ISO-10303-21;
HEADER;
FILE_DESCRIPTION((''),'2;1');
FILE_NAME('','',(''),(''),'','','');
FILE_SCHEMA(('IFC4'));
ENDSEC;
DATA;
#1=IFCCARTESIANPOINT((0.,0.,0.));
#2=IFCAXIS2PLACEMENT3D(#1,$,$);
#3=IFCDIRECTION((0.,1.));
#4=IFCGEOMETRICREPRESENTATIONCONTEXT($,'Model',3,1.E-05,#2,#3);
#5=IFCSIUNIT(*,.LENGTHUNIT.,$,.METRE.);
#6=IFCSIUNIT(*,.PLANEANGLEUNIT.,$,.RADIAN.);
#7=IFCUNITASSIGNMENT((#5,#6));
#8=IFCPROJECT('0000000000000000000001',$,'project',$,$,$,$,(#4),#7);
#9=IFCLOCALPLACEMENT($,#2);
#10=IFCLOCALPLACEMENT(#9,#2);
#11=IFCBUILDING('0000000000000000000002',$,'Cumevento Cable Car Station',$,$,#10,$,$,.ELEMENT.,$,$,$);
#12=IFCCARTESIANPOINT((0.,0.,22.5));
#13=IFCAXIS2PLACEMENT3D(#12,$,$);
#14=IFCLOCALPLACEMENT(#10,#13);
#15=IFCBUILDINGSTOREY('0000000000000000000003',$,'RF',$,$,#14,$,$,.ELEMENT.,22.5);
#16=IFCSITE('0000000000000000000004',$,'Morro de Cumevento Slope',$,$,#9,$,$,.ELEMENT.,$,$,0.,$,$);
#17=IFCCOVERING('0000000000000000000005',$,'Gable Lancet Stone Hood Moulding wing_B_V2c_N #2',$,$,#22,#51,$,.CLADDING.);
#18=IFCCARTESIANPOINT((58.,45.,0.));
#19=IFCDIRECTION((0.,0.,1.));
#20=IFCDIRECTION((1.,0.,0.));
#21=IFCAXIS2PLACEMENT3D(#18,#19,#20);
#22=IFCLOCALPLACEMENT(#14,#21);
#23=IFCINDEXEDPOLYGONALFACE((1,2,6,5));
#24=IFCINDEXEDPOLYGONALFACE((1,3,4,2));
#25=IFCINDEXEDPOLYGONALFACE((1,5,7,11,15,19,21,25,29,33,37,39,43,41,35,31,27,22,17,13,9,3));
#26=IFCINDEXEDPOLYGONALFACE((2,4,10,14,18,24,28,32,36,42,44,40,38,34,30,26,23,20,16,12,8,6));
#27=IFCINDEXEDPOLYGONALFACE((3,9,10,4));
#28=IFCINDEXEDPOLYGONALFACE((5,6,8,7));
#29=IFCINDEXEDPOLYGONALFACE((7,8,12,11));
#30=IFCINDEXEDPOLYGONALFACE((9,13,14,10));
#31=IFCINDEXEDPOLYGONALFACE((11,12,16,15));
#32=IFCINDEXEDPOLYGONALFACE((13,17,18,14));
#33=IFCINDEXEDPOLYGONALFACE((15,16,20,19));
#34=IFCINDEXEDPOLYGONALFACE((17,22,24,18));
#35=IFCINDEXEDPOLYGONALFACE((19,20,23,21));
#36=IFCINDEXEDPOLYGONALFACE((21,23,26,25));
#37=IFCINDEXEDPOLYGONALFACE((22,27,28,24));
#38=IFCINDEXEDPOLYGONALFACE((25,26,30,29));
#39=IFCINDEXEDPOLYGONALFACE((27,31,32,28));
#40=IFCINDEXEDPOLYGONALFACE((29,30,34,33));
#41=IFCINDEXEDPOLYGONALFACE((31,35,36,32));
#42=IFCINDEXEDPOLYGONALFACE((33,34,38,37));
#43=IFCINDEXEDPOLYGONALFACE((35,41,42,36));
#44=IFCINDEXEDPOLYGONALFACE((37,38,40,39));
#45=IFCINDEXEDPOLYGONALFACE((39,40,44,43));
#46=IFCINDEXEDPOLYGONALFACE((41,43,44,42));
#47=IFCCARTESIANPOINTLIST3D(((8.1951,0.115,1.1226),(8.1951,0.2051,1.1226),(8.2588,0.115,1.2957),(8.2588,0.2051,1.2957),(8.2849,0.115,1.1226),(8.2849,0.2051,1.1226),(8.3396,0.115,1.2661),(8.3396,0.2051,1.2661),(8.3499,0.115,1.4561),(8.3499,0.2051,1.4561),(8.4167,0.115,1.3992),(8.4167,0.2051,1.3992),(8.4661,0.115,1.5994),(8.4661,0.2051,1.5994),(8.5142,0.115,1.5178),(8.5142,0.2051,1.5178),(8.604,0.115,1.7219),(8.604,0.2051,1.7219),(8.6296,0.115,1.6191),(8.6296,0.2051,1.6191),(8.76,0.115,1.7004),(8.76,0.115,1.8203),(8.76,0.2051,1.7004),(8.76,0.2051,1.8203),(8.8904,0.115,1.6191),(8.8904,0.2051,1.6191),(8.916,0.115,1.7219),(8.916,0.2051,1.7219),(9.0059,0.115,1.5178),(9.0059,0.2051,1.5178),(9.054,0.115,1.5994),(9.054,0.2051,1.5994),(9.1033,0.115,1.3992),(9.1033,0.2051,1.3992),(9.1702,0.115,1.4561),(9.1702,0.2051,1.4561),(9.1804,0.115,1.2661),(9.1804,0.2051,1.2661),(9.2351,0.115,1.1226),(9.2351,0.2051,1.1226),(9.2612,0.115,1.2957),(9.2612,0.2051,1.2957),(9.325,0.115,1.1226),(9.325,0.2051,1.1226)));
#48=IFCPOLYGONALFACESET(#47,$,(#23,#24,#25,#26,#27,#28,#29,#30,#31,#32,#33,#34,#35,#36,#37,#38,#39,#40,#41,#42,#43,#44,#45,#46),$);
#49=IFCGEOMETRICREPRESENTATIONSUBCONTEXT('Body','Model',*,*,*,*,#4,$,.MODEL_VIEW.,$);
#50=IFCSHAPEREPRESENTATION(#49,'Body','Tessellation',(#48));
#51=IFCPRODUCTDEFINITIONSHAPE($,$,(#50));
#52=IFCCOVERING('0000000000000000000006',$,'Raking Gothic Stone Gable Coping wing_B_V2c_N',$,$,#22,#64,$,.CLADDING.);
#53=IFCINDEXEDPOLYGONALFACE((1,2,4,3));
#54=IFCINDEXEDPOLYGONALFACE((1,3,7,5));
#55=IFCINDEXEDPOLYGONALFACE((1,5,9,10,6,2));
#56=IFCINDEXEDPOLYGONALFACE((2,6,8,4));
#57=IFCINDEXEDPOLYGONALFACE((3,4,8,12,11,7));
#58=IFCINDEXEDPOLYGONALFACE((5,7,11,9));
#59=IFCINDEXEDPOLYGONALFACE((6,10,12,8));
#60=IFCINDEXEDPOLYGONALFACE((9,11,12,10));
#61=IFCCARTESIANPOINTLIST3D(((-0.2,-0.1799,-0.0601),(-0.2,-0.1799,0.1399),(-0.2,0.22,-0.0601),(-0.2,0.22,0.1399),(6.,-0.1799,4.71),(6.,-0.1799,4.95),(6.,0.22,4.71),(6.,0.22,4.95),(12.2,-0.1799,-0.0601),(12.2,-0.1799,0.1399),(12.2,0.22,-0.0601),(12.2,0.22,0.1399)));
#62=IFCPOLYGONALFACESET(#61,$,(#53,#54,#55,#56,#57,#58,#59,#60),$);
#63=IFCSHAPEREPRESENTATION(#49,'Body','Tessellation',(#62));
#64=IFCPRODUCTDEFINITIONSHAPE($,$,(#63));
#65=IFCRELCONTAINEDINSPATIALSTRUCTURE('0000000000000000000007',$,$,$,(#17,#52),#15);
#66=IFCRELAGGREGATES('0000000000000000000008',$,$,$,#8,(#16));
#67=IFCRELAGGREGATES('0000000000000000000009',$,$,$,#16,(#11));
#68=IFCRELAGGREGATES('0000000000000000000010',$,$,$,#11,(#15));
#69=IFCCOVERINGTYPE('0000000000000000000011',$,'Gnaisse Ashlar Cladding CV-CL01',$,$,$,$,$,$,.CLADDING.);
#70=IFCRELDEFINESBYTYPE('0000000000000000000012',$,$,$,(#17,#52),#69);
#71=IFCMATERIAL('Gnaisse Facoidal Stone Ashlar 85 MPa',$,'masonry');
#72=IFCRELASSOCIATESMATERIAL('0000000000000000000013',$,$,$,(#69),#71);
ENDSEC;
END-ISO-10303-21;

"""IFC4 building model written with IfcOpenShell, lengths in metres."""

from ifc_helpers import new_model, si_unit, direction, frame, origin, place, context, subcontext, project, spatial, polyline, outline, extrude, material, type_object, element, save


model = new_model("IFC4")

# Units and contexts
model_context = context("Model", 3, precision=1e-05, world=origin(), true_north=direction((0.0, 1.0)))
body_context = subcontext(model_context, "Body", "Model", "MODEL_VIEW")
ifc_project = project(units=[si_unit("LENGTHUNIT", "METRE"), si_unit("PLANEANGLEUNIT", "RADIAN")], contexts=[model_context])

# Site, building, storey
site_placement = place(None, origin())
site = spatial("IfcSite", under=ifc_project, at=site_placement, Name="Morro de Cumevento Slope", CompositionType="ELEMENT", RefElevation=0.0)
building_placement = place(site_placement, origin())
building = spatial("IfcBuilding", under=site, at=building_placement, Name="Cumevento Cable Car Station", CompositionType="ELEMENT")
storey_placement = place(building_placement, frame((0.0, 0.0, 22.5)))
storey = spatial("IfcBuildingStorey", under=building, at=storey_placement, Name="RF", CompositionType="ELEMENT", Elevation=22.5)

# Coverings
ifc_material_1 = material(Name="Gnaisse Facoidal Stone Ashlar 85 MPa", Category="masonry")
covering_type_1 = type_object("IfcCoveringType", Name="Gnaisse Ashlar Cladding CV-CL01", PredefinedType="CLADDING", material=ifc_material_1)
placement = place(storey_placement, frame((58.0, 45.0, 0.0), z_axis=(0.0, 0.0, 1.0), x_axis=(1.0, 0.0, 0.0)))
element("IfcCovering", 1, at=placement, inside=storey, type_object=covering_type_1, Name="Gable Lancet Stone Hood Moulding wing_B_V2c_N #2", PredefinedType="CLADDING", context=body_context, shape_type="SweptSolid", body=[
    extrude(outline(polyline([(8.2849, 1.1226), (8.3396, 1.2661), (8.4167, 1.3992), (8.5142, 1.5178), (8.6296, 1.6191), (8.76, 1.7004), (8.8904, 1.6191), (9.0059, 1.5178), (9.1033, 1.3992), (9.1804, 1.2661), (9.2351, 1.1226), (9.325, 1.1226), (9.2612, 1.2957), (9.1702, 1.4561), (9.054, 1.5994), (8.916, 1.7219), (8.76, 1.8203), (8.604, 1.7219), (8.4661, 1.5994), (8.3499, 1.4561), (8.2588, 1.2957), (8.1951, 1.1226), (8.2849, 1.1226)])), frame((0.0, 0.2051, 0.0), z_axis=(0.0, -1.0, 0.0), x_axis=(1.0, 0.0, 0.0)), (0.0, 0.0, 1.0), 0.0901),
])
element("IfcCovering", 2, at=placement, inside=storey, type_object=covering_type_1, Name="Raking Gothic Stone Gable Coping wing_B_V2c_N", PredefinedType="CLADDING", context=body_context, shape_type="SweptSolid", body=[
    extrude(outline(polyline([(-0.2, -0.0601), (6.0, 4.71), (12.2, -0.0601), (12.2, 0.1399), (6.0, 4.95), (-0.2, 0.1399), (-0.2, -0.0601)])), frame((0.0, 0.22, 0.0), z_axis=(0.0, -1.0, 0.0), x_axis=(1.0, 0.0, 0.0)), (0.0, 0.0, 1.0), 0.3999),
])

save(model, "model.ifc")
